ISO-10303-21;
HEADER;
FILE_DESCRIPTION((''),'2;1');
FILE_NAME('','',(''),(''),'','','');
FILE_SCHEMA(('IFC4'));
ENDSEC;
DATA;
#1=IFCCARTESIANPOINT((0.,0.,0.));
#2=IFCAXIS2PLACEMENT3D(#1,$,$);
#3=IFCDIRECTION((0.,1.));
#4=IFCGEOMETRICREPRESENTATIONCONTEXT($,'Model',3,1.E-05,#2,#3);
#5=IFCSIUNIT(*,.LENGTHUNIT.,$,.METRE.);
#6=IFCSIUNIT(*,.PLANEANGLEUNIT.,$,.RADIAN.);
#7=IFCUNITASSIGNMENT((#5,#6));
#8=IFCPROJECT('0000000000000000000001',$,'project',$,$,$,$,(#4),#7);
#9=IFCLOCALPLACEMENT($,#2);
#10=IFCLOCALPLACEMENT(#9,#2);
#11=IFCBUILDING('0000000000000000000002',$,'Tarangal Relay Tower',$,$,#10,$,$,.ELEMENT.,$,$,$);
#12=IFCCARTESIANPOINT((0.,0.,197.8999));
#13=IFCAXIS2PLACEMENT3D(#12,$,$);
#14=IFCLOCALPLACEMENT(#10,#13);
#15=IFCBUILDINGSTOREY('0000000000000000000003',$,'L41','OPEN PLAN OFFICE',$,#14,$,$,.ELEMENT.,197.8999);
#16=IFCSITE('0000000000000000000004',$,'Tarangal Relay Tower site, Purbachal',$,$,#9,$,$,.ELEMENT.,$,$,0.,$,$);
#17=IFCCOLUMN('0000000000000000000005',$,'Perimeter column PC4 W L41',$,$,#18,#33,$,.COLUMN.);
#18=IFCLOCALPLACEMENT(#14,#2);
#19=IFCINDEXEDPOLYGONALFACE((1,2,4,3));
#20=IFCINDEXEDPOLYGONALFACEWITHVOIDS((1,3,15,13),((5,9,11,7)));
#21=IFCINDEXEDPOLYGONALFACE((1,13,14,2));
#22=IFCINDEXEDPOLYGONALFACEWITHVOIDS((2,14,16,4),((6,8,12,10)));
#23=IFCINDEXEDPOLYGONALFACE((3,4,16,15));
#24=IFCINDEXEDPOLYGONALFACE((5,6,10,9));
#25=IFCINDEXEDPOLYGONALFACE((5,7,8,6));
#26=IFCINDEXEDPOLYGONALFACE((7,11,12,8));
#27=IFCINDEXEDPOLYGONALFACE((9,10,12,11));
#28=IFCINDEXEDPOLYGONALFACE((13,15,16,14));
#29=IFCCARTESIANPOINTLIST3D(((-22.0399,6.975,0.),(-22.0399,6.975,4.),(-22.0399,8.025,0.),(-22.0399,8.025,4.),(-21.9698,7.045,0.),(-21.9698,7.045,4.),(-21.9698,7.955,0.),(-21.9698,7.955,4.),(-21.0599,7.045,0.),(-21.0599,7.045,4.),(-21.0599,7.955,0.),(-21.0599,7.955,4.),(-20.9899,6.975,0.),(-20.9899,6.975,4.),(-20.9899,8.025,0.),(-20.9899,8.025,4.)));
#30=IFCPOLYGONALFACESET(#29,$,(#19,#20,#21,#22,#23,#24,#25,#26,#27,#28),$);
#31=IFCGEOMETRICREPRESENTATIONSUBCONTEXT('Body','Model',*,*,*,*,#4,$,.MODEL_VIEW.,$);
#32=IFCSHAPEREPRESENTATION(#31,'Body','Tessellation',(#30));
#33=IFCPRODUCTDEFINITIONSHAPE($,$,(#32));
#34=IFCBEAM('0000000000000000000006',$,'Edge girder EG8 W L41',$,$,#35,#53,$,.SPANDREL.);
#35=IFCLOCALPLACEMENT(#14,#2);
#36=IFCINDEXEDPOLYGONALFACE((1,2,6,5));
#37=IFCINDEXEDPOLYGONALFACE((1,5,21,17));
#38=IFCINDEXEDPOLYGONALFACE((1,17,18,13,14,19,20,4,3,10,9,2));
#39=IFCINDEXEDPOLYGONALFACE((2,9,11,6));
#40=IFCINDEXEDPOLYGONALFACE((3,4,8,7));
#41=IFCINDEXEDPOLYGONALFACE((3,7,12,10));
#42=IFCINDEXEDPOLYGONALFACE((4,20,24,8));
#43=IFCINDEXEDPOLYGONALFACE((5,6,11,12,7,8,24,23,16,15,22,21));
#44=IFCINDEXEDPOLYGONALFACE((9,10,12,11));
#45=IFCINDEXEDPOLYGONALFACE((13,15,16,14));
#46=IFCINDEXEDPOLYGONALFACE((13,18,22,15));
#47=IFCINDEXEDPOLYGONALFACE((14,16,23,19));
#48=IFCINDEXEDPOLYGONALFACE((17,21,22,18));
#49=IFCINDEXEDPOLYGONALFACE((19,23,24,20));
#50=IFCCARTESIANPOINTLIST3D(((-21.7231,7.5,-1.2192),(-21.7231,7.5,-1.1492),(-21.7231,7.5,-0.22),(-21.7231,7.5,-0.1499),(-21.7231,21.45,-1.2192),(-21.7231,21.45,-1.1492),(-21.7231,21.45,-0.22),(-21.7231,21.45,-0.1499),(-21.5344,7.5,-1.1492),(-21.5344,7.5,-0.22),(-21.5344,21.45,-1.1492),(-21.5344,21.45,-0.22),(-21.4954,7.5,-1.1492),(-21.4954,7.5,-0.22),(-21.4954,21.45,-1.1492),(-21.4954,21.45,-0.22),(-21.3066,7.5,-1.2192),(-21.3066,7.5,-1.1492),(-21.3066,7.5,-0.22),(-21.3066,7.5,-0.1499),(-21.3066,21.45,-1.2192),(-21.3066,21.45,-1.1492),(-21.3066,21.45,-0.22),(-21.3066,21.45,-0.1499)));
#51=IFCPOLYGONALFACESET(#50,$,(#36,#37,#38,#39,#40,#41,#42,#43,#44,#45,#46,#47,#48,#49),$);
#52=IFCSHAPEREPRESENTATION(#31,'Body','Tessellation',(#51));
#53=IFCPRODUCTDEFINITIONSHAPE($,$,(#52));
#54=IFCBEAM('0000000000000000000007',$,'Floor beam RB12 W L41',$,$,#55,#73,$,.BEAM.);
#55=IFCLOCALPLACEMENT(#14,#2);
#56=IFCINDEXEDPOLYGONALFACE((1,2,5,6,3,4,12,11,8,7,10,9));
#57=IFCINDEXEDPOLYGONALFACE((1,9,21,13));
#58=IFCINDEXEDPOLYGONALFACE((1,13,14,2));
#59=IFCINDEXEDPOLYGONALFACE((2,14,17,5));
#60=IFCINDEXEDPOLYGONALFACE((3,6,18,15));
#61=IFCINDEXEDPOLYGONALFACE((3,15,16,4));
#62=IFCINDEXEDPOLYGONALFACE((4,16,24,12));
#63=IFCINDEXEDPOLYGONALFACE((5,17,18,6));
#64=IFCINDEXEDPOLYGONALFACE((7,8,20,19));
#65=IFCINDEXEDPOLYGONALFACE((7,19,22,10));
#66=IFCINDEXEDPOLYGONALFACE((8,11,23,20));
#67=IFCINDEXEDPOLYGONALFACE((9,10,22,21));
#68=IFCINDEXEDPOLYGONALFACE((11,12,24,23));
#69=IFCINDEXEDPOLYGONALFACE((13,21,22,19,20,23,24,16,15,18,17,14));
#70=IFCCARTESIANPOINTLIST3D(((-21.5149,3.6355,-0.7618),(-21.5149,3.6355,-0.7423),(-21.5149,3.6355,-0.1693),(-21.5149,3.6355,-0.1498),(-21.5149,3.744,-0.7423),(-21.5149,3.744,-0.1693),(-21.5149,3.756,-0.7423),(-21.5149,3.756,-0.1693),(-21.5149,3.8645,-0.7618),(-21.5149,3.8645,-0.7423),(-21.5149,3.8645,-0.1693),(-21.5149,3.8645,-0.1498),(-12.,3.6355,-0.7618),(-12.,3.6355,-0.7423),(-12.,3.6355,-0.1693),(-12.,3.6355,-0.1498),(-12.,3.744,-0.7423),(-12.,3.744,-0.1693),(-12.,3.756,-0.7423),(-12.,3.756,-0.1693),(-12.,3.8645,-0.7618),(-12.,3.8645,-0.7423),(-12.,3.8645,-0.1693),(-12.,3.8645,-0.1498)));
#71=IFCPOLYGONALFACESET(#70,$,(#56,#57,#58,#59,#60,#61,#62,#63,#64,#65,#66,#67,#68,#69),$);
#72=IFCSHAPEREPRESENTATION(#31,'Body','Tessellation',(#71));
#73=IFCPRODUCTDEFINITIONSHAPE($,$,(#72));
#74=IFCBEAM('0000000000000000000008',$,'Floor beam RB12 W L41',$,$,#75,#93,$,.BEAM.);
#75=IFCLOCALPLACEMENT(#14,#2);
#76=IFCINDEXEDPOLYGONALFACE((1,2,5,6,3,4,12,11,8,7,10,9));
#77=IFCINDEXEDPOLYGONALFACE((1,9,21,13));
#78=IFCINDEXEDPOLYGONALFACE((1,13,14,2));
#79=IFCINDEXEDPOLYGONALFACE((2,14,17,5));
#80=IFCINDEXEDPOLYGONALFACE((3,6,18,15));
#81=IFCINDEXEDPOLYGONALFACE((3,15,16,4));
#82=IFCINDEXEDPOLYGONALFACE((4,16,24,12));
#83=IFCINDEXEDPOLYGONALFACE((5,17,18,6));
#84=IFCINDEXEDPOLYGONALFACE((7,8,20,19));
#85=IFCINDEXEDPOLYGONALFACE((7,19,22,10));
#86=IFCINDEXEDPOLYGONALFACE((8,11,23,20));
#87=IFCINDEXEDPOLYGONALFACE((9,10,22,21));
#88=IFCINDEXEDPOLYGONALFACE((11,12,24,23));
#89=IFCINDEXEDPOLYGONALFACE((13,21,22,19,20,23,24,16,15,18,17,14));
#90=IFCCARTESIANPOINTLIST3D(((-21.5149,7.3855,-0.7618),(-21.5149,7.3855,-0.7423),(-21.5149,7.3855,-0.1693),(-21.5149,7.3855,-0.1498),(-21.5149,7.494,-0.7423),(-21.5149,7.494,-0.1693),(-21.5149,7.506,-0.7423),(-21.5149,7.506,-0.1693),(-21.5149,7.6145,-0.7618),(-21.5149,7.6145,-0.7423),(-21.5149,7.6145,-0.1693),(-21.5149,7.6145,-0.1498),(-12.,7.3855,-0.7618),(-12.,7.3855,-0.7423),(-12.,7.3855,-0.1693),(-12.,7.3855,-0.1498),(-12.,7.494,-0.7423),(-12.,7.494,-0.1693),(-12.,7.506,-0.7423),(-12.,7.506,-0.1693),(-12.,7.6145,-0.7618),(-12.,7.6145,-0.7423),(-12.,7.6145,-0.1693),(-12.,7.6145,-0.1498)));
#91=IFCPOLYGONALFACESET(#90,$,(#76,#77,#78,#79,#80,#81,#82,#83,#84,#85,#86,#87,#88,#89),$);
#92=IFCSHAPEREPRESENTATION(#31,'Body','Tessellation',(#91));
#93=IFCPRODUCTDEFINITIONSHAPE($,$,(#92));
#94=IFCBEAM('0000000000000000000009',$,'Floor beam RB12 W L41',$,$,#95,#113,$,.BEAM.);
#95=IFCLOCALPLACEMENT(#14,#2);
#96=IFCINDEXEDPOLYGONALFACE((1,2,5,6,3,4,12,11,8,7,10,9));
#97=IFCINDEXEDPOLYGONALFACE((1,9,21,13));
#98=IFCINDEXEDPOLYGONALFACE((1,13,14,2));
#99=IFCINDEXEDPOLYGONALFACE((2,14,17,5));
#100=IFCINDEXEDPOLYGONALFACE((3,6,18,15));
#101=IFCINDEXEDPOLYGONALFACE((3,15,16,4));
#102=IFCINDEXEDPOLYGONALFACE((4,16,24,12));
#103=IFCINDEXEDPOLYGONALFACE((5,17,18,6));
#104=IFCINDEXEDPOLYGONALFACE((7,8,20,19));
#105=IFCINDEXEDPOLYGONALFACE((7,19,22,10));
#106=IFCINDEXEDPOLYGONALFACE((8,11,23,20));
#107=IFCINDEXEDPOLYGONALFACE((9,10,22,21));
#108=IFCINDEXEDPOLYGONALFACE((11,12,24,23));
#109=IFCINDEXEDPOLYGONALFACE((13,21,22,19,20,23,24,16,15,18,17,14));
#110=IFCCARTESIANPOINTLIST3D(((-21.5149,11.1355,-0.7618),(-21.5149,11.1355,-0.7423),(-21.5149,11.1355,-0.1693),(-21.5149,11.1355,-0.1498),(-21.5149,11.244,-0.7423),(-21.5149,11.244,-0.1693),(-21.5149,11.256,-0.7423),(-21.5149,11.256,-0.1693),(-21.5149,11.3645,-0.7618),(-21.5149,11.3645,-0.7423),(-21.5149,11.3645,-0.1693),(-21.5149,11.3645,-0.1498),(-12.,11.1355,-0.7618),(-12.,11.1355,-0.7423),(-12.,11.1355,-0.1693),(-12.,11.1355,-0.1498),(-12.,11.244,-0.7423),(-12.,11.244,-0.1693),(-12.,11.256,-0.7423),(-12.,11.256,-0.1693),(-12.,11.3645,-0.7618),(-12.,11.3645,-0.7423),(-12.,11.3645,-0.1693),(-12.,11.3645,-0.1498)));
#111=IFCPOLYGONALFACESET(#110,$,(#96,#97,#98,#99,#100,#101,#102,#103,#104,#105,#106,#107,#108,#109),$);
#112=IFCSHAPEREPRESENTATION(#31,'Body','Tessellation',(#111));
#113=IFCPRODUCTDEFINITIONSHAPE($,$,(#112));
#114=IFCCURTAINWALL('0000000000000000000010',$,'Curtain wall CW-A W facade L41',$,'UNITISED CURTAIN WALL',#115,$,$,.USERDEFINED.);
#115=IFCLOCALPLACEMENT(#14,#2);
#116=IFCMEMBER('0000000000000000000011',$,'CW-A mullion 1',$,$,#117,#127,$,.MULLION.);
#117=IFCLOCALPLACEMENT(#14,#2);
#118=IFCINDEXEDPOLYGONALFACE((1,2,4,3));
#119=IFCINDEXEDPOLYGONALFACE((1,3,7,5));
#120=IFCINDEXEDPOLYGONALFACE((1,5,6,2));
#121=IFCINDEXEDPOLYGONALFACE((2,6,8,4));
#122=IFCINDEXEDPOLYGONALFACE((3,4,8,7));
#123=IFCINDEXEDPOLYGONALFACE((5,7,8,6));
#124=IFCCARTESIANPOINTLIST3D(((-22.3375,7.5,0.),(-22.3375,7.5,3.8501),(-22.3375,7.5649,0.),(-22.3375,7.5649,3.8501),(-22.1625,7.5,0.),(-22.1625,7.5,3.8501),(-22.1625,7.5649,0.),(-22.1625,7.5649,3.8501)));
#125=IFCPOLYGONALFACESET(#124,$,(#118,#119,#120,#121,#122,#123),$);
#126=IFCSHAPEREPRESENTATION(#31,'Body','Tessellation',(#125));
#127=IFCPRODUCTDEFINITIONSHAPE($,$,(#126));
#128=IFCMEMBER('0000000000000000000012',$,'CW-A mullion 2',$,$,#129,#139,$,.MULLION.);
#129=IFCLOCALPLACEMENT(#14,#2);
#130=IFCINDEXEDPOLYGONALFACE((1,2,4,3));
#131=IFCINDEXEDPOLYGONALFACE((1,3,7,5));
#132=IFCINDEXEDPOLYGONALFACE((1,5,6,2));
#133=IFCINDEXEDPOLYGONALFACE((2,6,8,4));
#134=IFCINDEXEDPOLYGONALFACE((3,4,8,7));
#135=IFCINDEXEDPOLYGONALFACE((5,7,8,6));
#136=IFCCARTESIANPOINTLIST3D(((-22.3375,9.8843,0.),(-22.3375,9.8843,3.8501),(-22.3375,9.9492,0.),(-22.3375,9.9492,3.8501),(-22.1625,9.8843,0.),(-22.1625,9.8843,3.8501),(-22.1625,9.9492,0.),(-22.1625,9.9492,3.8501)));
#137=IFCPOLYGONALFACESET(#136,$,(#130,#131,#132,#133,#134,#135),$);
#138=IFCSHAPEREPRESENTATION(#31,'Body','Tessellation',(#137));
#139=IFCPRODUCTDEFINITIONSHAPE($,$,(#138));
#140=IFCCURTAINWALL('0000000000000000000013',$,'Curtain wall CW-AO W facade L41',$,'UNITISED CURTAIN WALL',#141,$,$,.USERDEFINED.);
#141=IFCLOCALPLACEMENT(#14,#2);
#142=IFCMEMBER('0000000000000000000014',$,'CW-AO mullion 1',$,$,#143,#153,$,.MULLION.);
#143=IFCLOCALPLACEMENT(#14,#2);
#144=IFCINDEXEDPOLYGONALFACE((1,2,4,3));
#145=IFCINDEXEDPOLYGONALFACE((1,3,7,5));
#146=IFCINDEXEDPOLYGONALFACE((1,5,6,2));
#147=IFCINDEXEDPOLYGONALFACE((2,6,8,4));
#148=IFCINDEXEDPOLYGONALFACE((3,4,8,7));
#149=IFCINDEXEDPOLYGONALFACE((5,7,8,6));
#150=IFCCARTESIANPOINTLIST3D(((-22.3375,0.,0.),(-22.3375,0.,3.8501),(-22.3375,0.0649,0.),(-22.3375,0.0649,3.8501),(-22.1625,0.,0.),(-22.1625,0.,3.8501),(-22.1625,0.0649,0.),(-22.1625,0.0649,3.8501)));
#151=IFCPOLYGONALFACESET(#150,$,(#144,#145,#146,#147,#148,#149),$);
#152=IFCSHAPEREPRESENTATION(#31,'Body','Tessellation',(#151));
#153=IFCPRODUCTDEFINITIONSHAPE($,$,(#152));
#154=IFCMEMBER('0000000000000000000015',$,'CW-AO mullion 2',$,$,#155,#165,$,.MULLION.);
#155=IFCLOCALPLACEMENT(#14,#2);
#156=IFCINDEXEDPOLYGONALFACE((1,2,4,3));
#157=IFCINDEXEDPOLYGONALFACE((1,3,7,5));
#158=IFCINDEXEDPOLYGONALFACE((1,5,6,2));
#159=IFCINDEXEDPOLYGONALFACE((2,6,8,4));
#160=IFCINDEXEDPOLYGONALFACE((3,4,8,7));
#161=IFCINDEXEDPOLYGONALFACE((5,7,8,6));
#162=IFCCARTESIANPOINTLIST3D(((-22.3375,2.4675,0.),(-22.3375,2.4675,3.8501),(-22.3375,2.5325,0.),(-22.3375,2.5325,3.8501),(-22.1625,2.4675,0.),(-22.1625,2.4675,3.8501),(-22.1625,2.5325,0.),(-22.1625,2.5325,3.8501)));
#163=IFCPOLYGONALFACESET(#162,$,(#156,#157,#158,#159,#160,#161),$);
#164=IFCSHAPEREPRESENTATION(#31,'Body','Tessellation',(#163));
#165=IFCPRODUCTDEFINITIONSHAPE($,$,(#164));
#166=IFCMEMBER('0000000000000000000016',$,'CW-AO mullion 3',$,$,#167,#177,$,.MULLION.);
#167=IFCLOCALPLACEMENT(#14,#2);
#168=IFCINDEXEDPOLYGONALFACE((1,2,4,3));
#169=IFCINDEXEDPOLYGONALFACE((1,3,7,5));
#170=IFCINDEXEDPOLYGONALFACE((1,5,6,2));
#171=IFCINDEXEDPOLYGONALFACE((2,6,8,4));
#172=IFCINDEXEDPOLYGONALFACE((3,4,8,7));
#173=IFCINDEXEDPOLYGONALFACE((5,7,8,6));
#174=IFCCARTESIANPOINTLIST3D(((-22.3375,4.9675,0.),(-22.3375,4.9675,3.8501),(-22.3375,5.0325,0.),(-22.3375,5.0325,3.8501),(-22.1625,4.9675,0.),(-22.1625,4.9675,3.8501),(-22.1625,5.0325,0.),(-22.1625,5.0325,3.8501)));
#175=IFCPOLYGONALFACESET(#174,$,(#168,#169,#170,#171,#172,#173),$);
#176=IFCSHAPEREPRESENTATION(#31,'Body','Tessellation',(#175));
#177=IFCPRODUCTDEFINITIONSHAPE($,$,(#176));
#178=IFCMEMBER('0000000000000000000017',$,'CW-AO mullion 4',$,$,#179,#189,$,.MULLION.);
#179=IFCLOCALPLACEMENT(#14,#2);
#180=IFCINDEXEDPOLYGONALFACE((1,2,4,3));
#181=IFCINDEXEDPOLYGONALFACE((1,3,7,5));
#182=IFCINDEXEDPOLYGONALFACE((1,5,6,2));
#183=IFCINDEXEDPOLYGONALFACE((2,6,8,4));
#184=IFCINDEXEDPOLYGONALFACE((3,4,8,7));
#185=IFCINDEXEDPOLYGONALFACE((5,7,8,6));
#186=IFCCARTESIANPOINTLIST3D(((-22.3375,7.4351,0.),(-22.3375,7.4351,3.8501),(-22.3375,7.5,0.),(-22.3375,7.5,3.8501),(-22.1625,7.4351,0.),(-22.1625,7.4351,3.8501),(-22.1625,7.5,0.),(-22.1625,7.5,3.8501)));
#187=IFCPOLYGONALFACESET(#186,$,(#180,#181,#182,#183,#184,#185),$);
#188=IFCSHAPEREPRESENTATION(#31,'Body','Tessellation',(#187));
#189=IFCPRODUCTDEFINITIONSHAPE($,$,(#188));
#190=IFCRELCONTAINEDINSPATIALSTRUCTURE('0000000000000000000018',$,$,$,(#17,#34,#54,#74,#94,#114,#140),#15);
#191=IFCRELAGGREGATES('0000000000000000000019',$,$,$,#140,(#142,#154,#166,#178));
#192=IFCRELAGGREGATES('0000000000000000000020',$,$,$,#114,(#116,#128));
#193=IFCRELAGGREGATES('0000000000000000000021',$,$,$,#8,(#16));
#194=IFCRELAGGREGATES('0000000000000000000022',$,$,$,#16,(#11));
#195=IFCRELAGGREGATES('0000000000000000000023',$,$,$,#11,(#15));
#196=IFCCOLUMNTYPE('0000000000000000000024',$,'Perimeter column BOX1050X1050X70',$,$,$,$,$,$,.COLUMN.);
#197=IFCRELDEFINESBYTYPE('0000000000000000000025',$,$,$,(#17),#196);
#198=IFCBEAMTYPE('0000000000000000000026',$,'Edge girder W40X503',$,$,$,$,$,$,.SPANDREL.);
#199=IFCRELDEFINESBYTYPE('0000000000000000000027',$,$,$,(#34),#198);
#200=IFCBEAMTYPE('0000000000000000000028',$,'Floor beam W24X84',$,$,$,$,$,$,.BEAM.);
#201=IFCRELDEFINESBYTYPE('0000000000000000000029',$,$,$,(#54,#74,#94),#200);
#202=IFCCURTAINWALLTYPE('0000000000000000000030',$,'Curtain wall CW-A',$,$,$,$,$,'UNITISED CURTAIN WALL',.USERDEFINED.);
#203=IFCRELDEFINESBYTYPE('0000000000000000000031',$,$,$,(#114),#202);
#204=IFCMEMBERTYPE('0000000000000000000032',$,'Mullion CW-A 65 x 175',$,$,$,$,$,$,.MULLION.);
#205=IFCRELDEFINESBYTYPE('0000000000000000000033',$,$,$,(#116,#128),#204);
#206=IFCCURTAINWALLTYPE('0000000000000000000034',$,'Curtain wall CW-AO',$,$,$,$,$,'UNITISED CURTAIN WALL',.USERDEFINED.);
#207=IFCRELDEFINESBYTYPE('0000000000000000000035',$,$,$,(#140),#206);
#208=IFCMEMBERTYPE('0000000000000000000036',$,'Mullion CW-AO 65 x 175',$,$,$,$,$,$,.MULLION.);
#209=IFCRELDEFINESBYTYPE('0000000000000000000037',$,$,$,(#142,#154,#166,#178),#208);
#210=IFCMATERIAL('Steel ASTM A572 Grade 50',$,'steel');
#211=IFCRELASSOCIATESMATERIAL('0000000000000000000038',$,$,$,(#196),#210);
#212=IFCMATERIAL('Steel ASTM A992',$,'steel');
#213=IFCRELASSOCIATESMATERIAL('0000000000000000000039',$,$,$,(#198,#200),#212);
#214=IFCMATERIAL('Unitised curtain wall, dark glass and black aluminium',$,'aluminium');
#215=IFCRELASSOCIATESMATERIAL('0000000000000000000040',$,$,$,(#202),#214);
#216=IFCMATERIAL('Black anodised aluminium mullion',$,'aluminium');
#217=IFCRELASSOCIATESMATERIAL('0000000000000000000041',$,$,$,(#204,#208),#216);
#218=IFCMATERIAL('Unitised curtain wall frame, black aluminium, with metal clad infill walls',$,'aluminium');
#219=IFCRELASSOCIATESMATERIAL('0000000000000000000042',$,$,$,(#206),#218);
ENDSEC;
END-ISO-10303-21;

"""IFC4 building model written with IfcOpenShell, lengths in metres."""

from ifc_helpers import new_model, si_unit, direction, frame, origin, origin_2d, place, context, subcontext, project, spatial, rectangle, hollow_rectangle, i_section, extrude, material, material_profile, profile_set, type_object, element, aggregate, save


model = new_model("IFC4")

# Units and contexts
model_context = context("Model", 3, precision=1e-05, world=origin(), true_north=direction((0.0, 1.0)))
body_context = subcontext(model_context, "Body", "Model", "MODEL_VIEW")
ifc_project = project(units=[si_unit("LENGTHUNIT", "METRE"), si_unit("PLANEANGLEUNIT", "RADIAN")], contexts=[model_context])

# Site, building, storey
site_placement = place(None, origin())
site = spatial("IfcSite", under=ifc_project, at=site_placement, Name="Tarangal Relay Tower site, Purbachal", CompositionType="ELEMENT", RefElevation=0.0)
building_placement = place(site_placement, origin())
building = spatial("IfcBuilding", under=site, at=building_placement, Name="Tarangal Relay Tower", CompositionType="ELEMENT")
storey_placement = place(building_placement, frame((0.0, 0.0, 197.8999)))
storey = spatial("IfcBuildingStorey", under=building, at=storey_placement, Name="L41", Description="OPEN PLAN OFFICE", CompositionType="ELEMENT", Elevation=197.8999)

# Column
ifc_material_1 = material(Name="Steel ASTM A572 Grade 50", Category="steel")
ifc_material_profile_1 = material_profile(ifc_material_1, hollow_rectangle(XDim=1.05, YDim=1.05, WallThickness=0.0701, at=origin_2d()), Name="BOX1050X1050X70")
ifc_profile_set_1 = profile_set([ifc_material_profile_1], Name="Steel ASTM A572 Grade 50")
column_type = type_object("IfcColumnType", Name="Perimeter column BOX1050X1050X70", PredefinedType="COLUMN", material=ifc_profile_set_1)
column_placement = place(storey_placement, frame((-21.5149, 7.5, 0.0), z_axis=(0.0, 0.0, 1.0), x_axis=(1.0, 0.0, 0.0)))
element("IfcColumn", 1, at=column_placement, inside=storey, type_object=column_type, Name="Perimeter column PC4 W L41", PredefinedType="COLUMN", context=body_context, shape_type="SweptSolid", body=[
    extrude(hollow_rectangle(XDim=1.05, YDim=1.05, WallThickness=0.0701, at=origin_2d()), origin(), (0.0, 0.0, 1.0), 4.0),
])

# Beams
ifc_material_2 = material(Name="Steel ASTM A992", Category="steel")
ifc_material_profile_2 = material_profile(ifc_material_2, i_section(OverallWidth=0.4165, OverallDepth=1.0693, WebThickness=0.0391, FlangeThickness=0.0701, at=origin_2d()), Name="W40X503")
ifc_profile_set_2 = profile_set([ifc_material_profile_2], Name="Steel ASTM A992")
beam_type_1 = type_object("IfcBeamType", Name="Edge girder W40X503", PredefinedType="SPANDREL", material=ifc_profile_set_2)
beam_placement = place(storey_placement, frame((-21.5149, 7.5, -0.6846), z_axis=(0.0, 1.0, 0.0), x_axis=(-1.0, 0.0, 0.0)))
element("IfcBeam", 2, at=beam_placement, inside=storey, type_object=beam_type_1, Name="Edge girder EG8 W L41", PredefinedType="SPANDREL", context=body_context, shape_type="SweptSolid", body=[
    extrude(i_section(OverallWidth=0.4165, OverallDepth=1.0693, WebThickness=0.0391, FlangeThickness=0.0701, at=origin_2d()), origin(), (0.0, 0.0, 1.0), 13.95),
])
ifc_material_profile_3 = material_profile(ifc_material_2, i_section(OverallWidth=0.229, OverallDepth=0.6121, WebThickness=0.012, FlangeThickness=0.0195, at=origin_2d()), Name="W24X84")
ifc_profile_set_3 = profile_set([ifc_material_profile_3], Name="Steel ASTM A992")
beam_type_2 = type_object("IfcBeamType", Name="Floor beam W24X84", PredefinedType="BEAM", material=ifc_profile_set_3)
for number, where, z_axis, x_axis, name in (
    (3, (-12.0, 3.75, -0.4558), (-1.0, 0.0, 0.0), (0.0, -1.0, 0.0), "Floor beam RB12 W L41"),
    (4, (-12.0, 7.5, -0.4558), (-1.0, 0.0, 0.0), (0.0, -1.0, 0.0), "Floor beam RB12 W L41"),
    (5, (-12.0, 11.25, -0.4558), (-1.0, 0.0, 0.0), (0.0, -1.0, 0.0), "Floor beam RB12 W L41"),
):
    element("IfcBeam", number, at=place(storey_placement, frame(where, z_axis=z_axis, x_axis=x_axis)), inside=storey, type_object=beam_type_2, Name=name, PredefinedType="BEAM", context=body_context, shape_type="SweptSolid", body=[
        extrude(i_section(OverallWidth=0.229, OverallDepth=0.6121, WebThickness=0.012, FlangeThickness=0.0195, at=origin_2d()), origin(), (0.0, 0.0, 1.0), 9.5149),
    ])

# Curtain walls, members
ifc_material_3 = material(Name="Unitised curtain wall, dark glass and black aluminium", Category="aluminium")
curtain_wall_type_1 = type_object("IfcCurtainWallType", Name="Curtain wall CW-A", ElementType="UNITISED CURTAIN WALL", PredefinedType="USERDEFINED", material=ifc_material_3)
curtain_wall_1_placement = place(storey_placement, origin())
curtain_wall_1 = element("IfcCurtainWall", 6, at=curtain_wall_1_placement, inside=storey, type_object=curtain_wall_type_1, Name="Curtain wall CW-A W facade L41", ObjectType="UNITISED CURTAIN WALL", PredefinedType="USERDEFINED")
ifc_material_4 = material(Name="Black anodised aluminium mullion", Category="aluminium")
ifc_material_profile_4 = material_profile(ifc_material_4, rectangle(XDim=0.175, YDim=0.0649, at=origin_2d()), Name="CW-AM 65X175")
ifc_profile_set_4 = profile_set([ifc_material_profile_4], Name="Black anodised aluminium mullion")
member_type_1 = type_object("IfcMemberType", Name="Mullion CW-A 65 x 175", PredefinedType="MULLION", material=ifc_profile_set_4)
member_1_placement = place(storey_placement, frame((-22.25, 7.5325, 0.0), z_axis=(0.0, 0.0, 1.0), x_axis=(-1.0, 0.0, 0.0)))
member_1 = element("IfcMember", 7, at=member_1_placement, type_object=member_type_1, Name="CW-A mullion 1", PredefinedType="MULLION", context=body_context, shape_type="SweptSolid", body=[
    extrude(rectangle(XDim=0.175, YDim=0.0649, at=origin_2d()), origin(), (0.0, 0.0, 1.0), 3.8501),
])
member_2_placement = place(storey_placement, frame((-22.25, 9.9167, 0.0), z_axis=(0.0, 0.0, 1.0), x_axis=(-1.0, 0.0, 0.0)))
member_2 = element("IfcMember", 8, at=member_2_placement, type_object=member_type_1, Name="CW-A mullion 2", PredefinedType="MULLION", context=body_context, shape_type="SweptSolid", body=[
    extrude(rectangle(XDim=0.175, YDim=0.0649, at=origin_2d()), origin(), (0.0, 0.0, 1.0), 3.8501),
])
ifc_material_5 = material(Name="Unitised curtain wall frame, black aluminium, with metal clad infill walls", Category="aluminium")
curtain_wall_type_2 = type_object("IfcCurtainWallType", Name="Curtain wall CW-AO", ElementType="UNITISED CURTAIN WALL", PredefinedType="USERDEFINED", material=ifc_material_5)
curtain_wall_2_placement = place(storey_placement, origin())
curtain_wall_2 = element("IfcCurtainWall", 9, at=curtain_wall_2_placement, inside=storey, type_object=curtain_wall_type_2, Name="Curtain wall CW-AO W facade L41", ObjectType="UNITISED CURTAIN WALL", PredefinedType="USERDEFINED")
ifc_material_profile_5 = material_profile(ifc_material_4, rectangle(XDim=0.175, YDim=0.0649, at=origin_2d()), Name="CW-AOM 65X175")
ifc_profile_set_5 = profile_set([ifc_material_profile_5], Name="Black anodised aluminium mullion")
member_type_2 = type_object("IfcMemberType", Name="Mullion CW-AO 65 x 175", PredefinedType="MULLION", material=ifc_profile_set_5)
member_3_placement = place(storey_placement, frame((-22.25, 0.0325, 0.0), z_axis=(0.0, 0.0, 1.0), x_axis=(-1.0, 0.0, 0.0)))
member_3 = element("IfcMember", 10, at=member_3_placement, type_object=member_type_2, Name="CW-AO mullion 1", PredefinedType="MULLION", context=body_context, shape_type="SweptSolid", body=[
    extrude(rectangle(XDim=0.175, YDim=0.0649, at=origin_2d()), origin(), (0.0, 0.0, 1.0), 3.8501),
])
member_4_placement = place(storey_placement, frame((-22.25, 2.5, 0.0), z_axis=(0.0, 0.0, 1.0), x_axis=(-1.0, 0.0, 0.0)))
member_4 = element("IfcMember", 11, at=member_4_placement, type_object=member_type_2, Name="CW-AO mullion 2", PredefinedType="MULLION", context=body_context, shape_type="SweptSolid", body=[
    extrude(rectangle(XDim=0.175, YDim=0.0649, at=origin_2d()), origin(), (0.0, 0.0, 1.0), 3.8501),
])
member_5_placement = place(storey_placement, frame((-22.25, 5.0, 0.0), z_axis=(0.0, 0.0, 1.0), x_axis=(-1.0, 0.0, 0.0)))
member_5 = element("IfcMember", 12, at=member_5_placement, type_object=member_type_2, Name="CW-AO mullion 3", PredefinedType="MULLION", context=body_context, shape_type="SweptSolid", body=[
    extrude(rectangle(XDim=0.175, YDim=0.0649, at=origin_2d()), origin(), (0.0, 0.0, 1.0), 3.8501),
])
member_6_placement = place(storey_placement, frame((-22.25, 7.4675, 0.0), z_axis=(0.0, 0.0, 1.0), x_axis=(-1.0, 0.0, 0.0)))
member_6 = element("IfcMember", 13, at=member_6_placement, type_object=member_type_2, Name="CW-AO mullion 4", PredefinedType="MULLION", context=body_context, shape_type="SweptSolid", body=[
    extrude(rectangle(XDim=0.175, YDim=0.0649, at=origin_2d()), origin(), (0.0, 0.0, 1.0), 3.8501),
])

aggregate(curtain_wall_2, [member_3, member_4, member_5, member_6])

aggregate(curtain_wall_1, [member_1, member_2])

save(model, "model.ifc")
